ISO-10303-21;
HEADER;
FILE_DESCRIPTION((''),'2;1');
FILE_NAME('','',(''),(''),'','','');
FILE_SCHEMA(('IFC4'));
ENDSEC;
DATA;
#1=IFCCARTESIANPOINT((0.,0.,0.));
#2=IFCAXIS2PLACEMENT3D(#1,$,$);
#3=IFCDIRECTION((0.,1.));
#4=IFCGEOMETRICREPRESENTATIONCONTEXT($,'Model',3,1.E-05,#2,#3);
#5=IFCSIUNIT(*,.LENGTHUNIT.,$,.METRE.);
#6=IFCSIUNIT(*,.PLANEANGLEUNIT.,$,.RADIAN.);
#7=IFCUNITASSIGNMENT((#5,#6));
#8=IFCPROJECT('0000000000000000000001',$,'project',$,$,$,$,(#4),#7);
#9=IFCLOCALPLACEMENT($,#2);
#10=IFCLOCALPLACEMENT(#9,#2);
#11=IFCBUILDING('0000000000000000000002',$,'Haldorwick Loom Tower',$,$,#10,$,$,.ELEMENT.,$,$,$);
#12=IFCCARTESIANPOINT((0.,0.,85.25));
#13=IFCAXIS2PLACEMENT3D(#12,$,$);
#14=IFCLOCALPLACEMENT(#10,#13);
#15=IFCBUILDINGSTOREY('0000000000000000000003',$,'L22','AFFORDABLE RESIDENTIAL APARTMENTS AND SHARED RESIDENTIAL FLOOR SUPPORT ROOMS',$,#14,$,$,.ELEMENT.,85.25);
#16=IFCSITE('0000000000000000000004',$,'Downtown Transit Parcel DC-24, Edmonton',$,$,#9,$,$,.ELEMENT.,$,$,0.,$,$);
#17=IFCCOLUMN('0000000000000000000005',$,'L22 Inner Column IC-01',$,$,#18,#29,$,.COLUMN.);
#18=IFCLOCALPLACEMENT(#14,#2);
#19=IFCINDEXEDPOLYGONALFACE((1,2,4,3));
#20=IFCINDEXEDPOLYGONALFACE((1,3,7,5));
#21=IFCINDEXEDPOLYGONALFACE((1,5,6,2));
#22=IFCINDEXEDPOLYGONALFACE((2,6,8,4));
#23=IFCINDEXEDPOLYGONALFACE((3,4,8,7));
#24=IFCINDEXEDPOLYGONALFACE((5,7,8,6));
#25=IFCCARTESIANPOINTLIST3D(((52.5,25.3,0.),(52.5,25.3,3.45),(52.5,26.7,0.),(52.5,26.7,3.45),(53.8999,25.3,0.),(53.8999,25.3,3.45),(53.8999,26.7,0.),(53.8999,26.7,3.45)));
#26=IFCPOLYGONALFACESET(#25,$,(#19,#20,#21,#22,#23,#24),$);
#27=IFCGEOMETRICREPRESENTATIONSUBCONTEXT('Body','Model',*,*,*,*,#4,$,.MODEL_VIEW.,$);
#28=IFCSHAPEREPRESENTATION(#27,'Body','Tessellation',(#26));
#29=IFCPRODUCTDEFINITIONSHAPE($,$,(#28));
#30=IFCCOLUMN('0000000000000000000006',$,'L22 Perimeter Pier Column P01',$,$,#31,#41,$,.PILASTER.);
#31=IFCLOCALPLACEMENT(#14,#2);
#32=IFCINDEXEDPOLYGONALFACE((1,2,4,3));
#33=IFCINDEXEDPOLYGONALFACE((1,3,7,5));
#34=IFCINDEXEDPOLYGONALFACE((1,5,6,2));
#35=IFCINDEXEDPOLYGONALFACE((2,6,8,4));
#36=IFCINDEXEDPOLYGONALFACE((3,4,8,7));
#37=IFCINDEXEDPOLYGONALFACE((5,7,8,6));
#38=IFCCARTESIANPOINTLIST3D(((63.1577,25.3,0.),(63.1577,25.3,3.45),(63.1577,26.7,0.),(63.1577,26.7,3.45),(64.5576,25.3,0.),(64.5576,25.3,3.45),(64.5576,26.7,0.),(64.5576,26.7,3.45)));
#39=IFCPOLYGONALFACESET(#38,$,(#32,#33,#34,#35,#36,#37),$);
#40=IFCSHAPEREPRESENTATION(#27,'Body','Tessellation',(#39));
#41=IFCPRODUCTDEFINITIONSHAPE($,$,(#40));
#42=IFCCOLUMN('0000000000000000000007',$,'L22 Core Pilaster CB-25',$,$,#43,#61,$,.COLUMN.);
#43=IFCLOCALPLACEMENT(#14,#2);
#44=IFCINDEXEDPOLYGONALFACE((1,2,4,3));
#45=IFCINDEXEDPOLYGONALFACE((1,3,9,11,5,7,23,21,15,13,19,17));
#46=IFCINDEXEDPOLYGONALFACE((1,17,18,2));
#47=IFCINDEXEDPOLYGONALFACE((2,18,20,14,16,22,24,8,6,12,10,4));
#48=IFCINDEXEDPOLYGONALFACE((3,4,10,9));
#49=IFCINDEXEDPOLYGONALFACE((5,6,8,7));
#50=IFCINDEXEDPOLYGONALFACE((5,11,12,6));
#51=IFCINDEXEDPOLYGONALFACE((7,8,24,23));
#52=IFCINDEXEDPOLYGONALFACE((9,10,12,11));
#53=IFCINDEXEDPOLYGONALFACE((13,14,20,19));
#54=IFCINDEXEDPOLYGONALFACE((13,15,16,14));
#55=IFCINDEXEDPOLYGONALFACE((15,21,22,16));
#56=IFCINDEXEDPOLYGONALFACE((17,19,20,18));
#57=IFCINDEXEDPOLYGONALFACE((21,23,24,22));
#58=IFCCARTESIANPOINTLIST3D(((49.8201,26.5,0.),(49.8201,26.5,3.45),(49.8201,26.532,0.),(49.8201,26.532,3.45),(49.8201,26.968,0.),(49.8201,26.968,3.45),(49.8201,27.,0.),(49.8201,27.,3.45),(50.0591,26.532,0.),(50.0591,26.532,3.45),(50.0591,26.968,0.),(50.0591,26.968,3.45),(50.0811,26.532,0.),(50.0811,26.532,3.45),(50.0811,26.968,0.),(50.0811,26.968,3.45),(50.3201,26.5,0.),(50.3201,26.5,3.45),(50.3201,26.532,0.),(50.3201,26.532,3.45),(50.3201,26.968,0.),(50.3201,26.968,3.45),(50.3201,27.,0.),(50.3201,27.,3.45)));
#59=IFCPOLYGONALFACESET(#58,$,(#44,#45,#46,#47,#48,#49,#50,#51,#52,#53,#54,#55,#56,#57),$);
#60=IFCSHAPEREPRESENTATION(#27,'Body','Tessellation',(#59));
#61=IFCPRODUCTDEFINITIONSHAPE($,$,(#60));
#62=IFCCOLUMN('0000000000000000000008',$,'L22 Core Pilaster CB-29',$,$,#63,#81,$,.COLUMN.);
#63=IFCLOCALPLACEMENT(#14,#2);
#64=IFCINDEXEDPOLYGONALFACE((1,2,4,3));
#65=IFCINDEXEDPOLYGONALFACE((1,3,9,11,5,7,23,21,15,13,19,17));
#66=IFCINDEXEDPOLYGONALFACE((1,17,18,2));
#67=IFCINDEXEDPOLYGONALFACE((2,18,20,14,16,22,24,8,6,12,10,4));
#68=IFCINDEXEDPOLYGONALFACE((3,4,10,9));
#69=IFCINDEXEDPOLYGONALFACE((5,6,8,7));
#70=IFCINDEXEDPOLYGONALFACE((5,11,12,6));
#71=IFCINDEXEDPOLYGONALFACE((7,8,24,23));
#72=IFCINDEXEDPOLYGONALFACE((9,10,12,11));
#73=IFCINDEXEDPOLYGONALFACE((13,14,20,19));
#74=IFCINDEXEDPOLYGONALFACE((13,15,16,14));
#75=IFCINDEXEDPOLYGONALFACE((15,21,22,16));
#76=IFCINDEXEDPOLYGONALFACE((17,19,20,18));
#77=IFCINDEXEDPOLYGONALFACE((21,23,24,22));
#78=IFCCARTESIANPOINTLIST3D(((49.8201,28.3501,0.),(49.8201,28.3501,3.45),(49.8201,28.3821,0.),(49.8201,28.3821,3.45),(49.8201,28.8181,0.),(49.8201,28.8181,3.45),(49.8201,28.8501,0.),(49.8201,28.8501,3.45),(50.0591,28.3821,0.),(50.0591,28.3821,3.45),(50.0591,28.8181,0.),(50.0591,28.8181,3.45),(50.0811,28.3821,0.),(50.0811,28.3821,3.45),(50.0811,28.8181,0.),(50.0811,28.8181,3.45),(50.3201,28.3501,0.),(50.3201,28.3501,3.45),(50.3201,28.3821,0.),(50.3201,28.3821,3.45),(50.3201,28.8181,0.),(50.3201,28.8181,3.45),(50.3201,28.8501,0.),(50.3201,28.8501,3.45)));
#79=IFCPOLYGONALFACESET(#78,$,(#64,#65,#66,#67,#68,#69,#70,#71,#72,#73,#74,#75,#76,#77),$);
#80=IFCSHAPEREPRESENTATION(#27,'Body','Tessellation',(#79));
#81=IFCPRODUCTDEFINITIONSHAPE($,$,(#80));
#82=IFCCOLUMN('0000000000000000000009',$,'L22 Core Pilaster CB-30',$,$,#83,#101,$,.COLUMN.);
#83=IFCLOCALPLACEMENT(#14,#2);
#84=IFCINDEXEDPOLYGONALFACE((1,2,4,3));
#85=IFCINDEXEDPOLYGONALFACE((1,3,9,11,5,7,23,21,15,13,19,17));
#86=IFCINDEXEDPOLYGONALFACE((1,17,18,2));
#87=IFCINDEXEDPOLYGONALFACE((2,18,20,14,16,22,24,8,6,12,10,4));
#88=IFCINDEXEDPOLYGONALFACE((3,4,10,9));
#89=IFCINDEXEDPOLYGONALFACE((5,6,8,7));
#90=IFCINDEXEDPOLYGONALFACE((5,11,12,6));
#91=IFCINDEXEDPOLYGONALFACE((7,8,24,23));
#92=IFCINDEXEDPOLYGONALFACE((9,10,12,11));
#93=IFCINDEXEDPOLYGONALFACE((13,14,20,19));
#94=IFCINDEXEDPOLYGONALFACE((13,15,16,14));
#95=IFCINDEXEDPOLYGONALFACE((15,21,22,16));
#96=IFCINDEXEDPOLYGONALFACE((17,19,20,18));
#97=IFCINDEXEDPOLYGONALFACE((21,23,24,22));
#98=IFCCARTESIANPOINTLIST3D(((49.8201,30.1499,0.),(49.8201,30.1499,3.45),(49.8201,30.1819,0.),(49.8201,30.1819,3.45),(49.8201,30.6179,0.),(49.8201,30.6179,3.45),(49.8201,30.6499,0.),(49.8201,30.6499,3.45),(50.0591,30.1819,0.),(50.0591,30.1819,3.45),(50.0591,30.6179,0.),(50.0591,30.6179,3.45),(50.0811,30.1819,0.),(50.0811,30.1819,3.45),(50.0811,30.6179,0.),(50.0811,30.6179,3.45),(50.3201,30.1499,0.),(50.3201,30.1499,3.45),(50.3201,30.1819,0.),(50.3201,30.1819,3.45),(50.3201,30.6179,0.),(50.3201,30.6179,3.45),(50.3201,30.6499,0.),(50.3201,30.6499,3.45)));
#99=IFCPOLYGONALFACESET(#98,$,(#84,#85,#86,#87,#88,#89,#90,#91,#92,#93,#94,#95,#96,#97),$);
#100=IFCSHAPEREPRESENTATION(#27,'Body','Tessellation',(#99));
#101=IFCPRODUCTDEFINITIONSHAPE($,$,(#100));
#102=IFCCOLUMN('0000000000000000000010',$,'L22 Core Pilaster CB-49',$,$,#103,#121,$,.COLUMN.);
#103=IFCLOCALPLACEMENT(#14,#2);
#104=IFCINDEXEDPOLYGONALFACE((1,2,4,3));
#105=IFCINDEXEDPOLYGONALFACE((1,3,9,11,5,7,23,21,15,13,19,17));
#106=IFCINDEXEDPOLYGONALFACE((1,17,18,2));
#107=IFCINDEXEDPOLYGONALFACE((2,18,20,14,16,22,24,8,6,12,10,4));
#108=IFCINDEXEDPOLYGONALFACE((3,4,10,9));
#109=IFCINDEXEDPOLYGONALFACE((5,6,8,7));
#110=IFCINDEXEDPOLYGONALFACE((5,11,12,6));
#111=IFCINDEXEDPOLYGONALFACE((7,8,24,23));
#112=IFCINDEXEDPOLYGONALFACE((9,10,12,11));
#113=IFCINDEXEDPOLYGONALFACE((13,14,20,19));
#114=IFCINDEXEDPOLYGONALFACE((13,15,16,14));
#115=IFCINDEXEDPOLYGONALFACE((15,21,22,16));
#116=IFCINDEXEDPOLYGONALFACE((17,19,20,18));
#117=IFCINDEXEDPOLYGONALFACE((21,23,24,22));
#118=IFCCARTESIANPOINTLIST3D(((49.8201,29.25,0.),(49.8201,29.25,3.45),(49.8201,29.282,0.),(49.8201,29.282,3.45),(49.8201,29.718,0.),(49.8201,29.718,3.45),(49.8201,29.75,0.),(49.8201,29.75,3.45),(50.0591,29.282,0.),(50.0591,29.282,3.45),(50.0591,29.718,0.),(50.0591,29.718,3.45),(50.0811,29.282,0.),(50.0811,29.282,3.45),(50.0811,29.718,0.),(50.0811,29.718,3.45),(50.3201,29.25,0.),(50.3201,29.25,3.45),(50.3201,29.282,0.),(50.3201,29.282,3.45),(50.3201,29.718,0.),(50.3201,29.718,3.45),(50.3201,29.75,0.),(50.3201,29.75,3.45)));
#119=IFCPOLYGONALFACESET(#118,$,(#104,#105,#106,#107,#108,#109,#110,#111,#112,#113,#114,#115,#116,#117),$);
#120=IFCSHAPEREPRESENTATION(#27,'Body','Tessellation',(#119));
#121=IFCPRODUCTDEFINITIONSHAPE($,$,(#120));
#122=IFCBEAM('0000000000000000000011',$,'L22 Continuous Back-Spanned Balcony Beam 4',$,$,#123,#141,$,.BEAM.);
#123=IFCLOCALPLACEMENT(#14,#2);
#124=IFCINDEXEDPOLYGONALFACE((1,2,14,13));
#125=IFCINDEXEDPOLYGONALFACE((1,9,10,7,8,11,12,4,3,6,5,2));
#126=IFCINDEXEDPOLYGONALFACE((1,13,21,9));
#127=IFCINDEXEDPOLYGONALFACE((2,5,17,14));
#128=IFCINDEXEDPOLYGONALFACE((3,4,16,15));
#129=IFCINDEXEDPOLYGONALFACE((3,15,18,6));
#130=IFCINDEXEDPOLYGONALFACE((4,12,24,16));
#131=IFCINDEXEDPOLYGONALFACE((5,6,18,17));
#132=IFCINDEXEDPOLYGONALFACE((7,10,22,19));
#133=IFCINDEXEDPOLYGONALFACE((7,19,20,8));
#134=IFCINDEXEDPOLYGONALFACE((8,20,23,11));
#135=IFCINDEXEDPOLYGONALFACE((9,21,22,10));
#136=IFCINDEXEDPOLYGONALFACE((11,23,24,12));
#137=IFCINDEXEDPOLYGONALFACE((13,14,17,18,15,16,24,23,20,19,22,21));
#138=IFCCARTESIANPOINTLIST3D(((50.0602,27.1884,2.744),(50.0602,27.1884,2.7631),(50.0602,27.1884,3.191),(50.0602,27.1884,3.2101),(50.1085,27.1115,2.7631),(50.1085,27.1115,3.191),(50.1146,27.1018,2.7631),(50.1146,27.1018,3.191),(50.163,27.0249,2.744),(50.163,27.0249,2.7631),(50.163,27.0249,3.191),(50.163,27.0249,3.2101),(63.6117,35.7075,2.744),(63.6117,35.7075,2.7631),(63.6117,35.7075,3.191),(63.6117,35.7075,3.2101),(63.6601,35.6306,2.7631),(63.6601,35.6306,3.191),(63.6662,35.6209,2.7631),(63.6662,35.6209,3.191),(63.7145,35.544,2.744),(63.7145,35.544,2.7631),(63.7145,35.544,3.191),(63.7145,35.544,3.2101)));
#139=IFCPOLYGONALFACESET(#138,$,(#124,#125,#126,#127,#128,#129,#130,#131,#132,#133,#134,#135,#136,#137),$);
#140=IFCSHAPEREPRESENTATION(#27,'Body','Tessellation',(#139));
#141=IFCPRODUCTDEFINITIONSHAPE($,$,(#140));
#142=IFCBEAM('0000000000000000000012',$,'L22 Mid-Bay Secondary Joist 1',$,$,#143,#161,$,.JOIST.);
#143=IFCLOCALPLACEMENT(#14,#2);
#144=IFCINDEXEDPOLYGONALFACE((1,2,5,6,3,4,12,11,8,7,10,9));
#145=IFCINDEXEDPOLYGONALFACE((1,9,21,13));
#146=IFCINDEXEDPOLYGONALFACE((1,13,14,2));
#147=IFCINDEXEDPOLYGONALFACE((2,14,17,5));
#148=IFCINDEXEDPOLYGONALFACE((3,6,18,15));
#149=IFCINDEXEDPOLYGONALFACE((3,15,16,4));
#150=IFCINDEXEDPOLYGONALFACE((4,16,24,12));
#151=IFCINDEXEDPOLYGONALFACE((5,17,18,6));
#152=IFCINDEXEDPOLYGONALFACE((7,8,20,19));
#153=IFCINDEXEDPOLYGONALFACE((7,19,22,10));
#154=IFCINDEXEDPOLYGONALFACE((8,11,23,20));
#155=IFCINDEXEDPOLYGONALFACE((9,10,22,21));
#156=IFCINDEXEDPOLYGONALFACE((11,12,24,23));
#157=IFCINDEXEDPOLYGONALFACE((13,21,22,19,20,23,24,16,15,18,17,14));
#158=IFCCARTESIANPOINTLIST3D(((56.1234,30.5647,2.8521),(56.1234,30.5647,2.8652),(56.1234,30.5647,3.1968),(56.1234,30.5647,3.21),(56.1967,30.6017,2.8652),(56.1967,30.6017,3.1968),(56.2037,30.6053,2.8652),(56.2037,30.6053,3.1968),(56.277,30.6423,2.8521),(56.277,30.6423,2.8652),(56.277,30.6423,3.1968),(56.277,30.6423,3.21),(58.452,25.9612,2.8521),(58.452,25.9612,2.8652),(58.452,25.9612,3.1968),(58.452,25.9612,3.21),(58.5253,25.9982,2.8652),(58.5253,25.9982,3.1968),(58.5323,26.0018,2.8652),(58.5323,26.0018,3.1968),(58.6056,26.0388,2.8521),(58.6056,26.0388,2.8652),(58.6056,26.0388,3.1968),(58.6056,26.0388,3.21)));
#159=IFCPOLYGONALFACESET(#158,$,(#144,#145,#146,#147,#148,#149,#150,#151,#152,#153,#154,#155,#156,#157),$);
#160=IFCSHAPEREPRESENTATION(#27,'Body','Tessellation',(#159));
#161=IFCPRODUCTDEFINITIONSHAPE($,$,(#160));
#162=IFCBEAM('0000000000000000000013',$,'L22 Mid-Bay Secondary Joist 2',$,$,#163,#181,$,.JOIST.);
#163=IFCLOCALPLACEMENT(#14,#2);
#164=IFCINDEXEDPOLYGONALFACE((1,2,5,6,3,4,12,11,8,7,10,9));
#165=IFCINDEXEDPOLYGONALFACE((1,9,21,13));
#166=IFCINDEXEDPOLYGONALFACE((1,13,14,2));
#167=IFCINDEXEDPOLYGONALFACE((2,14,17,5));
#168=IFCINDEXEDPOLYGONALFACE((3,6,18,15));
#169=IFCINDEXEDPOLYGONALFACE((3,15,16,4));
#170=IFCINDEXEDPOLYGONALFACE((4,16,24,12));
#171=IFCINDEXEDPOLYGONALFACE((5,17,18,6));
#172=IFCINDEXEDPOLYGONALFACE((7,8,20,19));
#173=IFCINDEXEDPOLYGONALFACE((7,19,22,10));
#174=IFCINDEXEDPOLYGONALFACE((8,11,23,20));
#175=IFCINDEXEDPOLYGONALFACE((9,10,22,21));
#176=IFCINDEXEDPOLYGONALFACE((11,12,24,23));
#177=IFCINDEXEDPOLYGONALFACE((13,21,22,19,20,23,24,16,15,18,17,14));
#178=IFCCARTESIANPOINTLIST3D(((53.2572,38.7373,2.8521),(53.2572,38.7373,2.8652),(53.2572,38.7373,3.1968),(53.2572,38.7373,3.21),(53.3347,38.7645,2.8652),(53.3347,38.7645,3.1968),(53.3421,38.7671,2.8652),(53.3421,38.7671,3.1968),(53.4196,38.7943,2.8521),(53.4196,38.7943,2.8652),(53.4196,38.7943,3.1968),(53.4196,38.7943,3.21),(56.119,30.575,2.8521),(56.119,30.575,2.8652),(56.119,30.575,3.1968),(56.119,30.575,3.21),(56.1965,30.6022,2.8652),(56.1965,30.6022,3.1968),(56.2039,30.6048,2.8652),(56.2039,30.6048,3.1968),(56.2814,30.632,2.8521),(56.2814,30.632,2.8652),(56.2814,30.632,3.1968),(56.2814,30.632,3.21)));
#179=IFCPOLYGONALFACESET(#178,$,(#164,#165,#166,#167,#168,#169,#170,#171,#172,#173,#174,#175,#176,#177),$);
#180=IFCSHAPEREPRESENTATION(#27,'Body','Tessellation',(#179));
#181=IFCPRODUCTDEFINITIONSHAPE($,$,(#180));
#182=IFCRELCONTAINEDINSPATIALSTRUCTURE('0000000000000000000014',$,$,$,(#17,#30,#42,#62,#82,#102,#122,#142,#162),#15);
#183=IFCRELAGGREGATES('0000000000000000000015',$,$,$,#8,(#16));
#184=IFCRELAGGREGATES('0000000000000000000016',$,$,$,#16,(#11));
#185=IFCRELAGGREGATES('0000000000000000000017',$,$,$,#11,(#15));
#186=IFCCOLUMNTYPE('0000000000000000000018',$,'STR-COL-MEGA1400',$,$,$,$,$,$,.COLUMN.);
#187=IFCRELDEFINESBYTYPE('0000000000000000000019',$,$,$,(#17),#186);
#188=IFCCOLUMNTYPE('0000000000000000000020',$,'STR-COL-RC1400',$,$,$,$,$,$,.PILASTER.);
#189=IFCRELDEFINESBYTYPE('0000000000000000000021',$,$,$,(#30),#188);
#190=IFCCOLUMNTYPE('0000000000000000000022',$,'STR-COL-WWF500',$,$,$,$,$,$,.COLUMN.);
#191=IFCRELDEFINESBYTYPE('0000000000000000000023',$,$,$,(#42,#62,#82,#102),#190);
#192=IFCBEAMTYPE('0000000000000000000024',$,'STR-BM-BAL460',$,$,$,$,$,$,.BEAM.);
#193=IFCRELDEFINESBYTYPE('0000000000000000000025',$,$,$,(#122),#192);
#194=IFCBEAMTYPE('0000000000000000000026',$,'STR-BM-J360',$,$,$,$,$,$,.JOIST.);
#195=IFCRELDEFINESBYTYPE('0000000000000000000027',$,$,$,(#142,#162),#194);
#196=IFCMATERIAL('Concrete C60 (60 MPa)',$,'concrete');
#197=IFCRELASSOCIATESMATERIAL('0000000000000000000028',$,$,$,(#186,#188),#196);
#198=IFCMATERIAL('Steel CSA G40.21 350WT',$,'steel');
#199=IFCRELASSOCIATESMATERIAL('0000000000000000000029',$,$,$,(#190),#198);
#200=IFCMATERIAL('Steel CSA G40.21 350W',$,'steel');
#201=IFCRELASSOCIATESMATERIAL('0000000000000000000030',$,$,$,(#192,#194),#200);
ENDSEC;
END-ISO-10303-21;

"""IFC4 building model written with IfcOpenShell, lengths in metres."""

from ifc_helpers import new_model, si_unit, direction, frame, origin, origin_2d, place, context, subcontext, project, spatial, rectangle, i_section, extrude, material, material_profile, profile_set, type_object, element, save


model = new_model("IFC4")

# Units and contexts
model_context = context("Model", 3, precision=1e-05, world=origin(), true_north=direction((0.0, 1.0)))
body_context = subcontext(model_context, "Body", "Model", "MODEL_VIEW")
ifc_project = project(units=[si_unit("LENGTHUNIT", "METRE"), si_unit("PLANEANGLEUNIT", "RADIAN")], contexts=[model_context])

# Site, building, storey
site_placement = place(None, origin())
site = spatial("IfcSite", under=ifc_project, at=site_placement, Name="Downtown Transit Parcel DC-24, Edmonton", CompositionType="ELEMENT", RefElevation=0.0)
building_placement = place(site_placement, origin())
building = spatial("IfcBuilding", under=site, at=building_placement, Name="Haldorwick Loom Tower", CompositionType="ELEMENT")
storey_placement = place(building_placement, frame((0.0, 0.0, 85.25)))
storey = spatial("IfcBuildingStorey", under=building, at=storey_placement, Name="L22", Description="AFFORDABLE RESIDENTIAL APARTMENTS AND SHARED RESIDENTIAL FLOOR SUPPORT ROOMS", CompositionType="ELEMENT", Elevation=85.25)

# Columns
ifc_material_1 = material(Name="Concrete C60 (60 MPa)", Category="concrete")
ifc_material_profile_1 = material_profile(ifc_material_1, rectangle(XDim=1.3999, YDim=1.3999, at=origin_2d()), Name="RC1400X1400", Category="concrete")
ifc_profile_set_1 = profile_set([ifc_material_profile_1], Name="Concrete C60 (60 MPa)")
column_type_1 = type_object("IfcColumnType", Name="STR-COL-MEGA1400", PredefinedType="COLUMN", material=ifc_profile_set_1)
column_1_placement = place(storey_placement, frame((53.2, 26.0, 0.0), z_axis=(0.0, 0.0, 1.0), x_axis=(1.0, 0.0, 0.0)))
element("IfcColumn", 1, at=column_1_placement, inside=storey, type_object=column_type_1, Name="L22 Inner Column IC-01", PredefinedType="COLUMN", context=body_context, shape_type="SweptSolid", body=[
    extrude(rectangle(XDim=1.3999, YDim=1.3999, at=origin_2d()), origin(), (0.0, 0.0, 1.0), 3.45),
])
ifc_material_profile_2 = material_profile(ifc_material_1, rectangle(XDim=1.3999, YDim=1.3999, at=origin_2d()), Name="RC1400X1400", Category="concrete")
ifc_profile_set_2 = profile_set([ifc_material_profile_2], Name="Concrete C60 (60 MPa)")
column_type_2 = type_object("IfcColumnType", Name="STR-COL-RC1400", PredefinedType="PILASTER", material=ifc_profile_set_2)
column_2_placement = place(storey_placement, frame((63.8577, 26.0, 0.0), z_axis=(0.0, 0.0, 1.0), x_axis=(1.0, 0.0, 0.0)))
element("IfcColumn", 2, at=column_2_placement, inside=storey, type_object=column_type_2, Name="L22 Perimeter Pier Column P01", PredefinedType="PILASTER", context=body_context, shape_type="SweptSolid", body=[
    extrude(rectangle(XDim=1.3999, YDim=1.3999, at=origin_2d()), origin(), (0.0, 0.0, 1.0), 3.45),
])
ifc_material_2 = material(Name="Steel CSA G40.21 350WT", Category="steel")
ifc_material_profile_3 = material_profile(ifc_material_2, i_section(OverallWidth=0.5, OverallDepth=0.5, WebThickness=0.022, FlangeThickness=0.032, at=origin_2d()), Name="WWF500X500", Category="steel")
ifc_profile_set_3 = profile_set([ifc_material_profile_3], Name="Steel CSA G40.21 350WT")
column_type_3 = type_object("IfcColumnType", Name="STR-COL-WWF500", PredefinedType="COLUMN", material=ifc_profile_set_3)
for number, where, z_axis, x_axis, name in (
    (3, (50.0701, 26.75, 0.0), (0.0, 0.0, 1.0), (1.0, 0.0, 0.0), "L22 Core Pilaster CB-25"),
    (4, (50.0701, 28.6001, 0.0), (0.0, 0.0, 1.0), (1.0, 0.0, 0.0), "L22 Core Pilaster CB-29"),
    (5, (50.0701, 30.3999, 0.0), (0.0, 0.0, 1.0), (1.0, 0.0, 0.0), "L22 Core Pilaster CB-30"),
    (6, (50.0701, 29.5, 0.0), (0.0, 0.0, 1.0), (1.0, 0.0, 0.0), "L22 Core Pilaster CB-49"),
):
    element("IfcColumn", number, at=place(storey_placement, frame(where, z_axis=z_axis, x_axis=x_axis)), inside=storey, type_object=column_type_3, Name=name, PredefinedType="COLUMN", context=body_context, shape_type="SweptSolid", body=[
        extrude(i_section(OverallWidth=0.5, OverallDepth=0.5, WebThickness=0.022, FlangeThickness=0.032, at=origin_2d()), origin(), (0.0, 0.0, 1.0), 3.45),
    ])

# Beams
ifc_material_3 = material(Name="Steel CSA G40.21 350W", Category="steel")
ifc_material_profile_4 = material_profile(ifc_material_3, i_section(OverallWidth=0.1931, OverallDepth=0.4661, WebThickness=0.0115, FlangeThickness=0.019, at=origin_2d()), Name="W460X97", Category="steel")
ifc_profile_set_4 = profile_set([ifc_material_profile_4], Name="Steel CSA G40.21 350W")
beam_type_1 = type_object("IfcBeamType", Name="STR-BM-BAL460", PredefinedType="BEAM", material=ifc_profile_set_4)
beam_1_placement = place(storey_placement, frame((50.1116, 27.1067, 2.9771), z_axis=(0.84661, 0.532214, 0.0), x_axis=(-0.532214, 0.84661, 0.0)))
element("IfcBeam", 7, at=beam_1_placement, inside=storey, type_object=beam_type_1, Name="L22 Continuous Back-Spanned Balcony Beam 4", PredefinedType="BEAM", context=body_context, shape_type="SweptSolid", body=[
    extrude(i_section(OverallWidth=0.1931, OverallDepth=0.4661, WebThickness=0.0115, FlangeThickness=0.019, at=origin_2d()), origin(), (0.0, 0.0, 1.0), 16.0068),
])
ifc_material_profile_5 = material_profile(ifc_material_3, i_section(OverallWidth=0.1721, OverallDepth=0.3579, WebThickness=0.0078, FlangeThickness=0.0132, at=origin_2d()), Name="W360X57", Category="steel")
ifc_profile_set_5 = profile_set([ifc_material_profile_5], Name="Steel CSA G40.21 350W")
beam_type_2 = type_object("IfcBeamType", Name="STR-BM-J360", PredefinedType="JOIST", material=ifc_profile_set_5)
beam_2_placement = place(storey_placement, frame((58.5288, 26.0, 3.031), z_axis=(-0.451373, 0.892335, 0.0), x_axis=(-0.892335, -0.451373, 0.0)))
element("IfcBeam", 8, at=beam_2_placement, inside=storey, type_object=beam_type_2, Name="L22 Mid-Bay Secondary Joist 1", PredefinedType="JOIST", context=body_context, shape_type="SweptSolid", body=[
    extrude(i_section(OverallWidth=0.1721, OverallDepth=0.3579, WebThickness=0.0078, FlangeThickness=0.0132, at=origin_2d()), origin(), (0.0, 0.0, 1.0), 5.1589),
])
beam_3_placement = place(storey_placement, frame((56.2002, 30.6035, 3.031), z_axis=(-0.330865, 0.943678, 0.0), x_axis=(-0.943678, -0.330865, 0.0)))
element("IfcBeam", 9, at=beam_3_placement, inside=storey, type_object=beam_type_2, Name="L22 Mid-Bay Secondary Joist 2", PredefinedType="JOIST", context=body_context, shape_type="SweptSolid", body=[
    extrude(i_section(OverallWidth=0.1721, OverallDepth=0.3579, WebThickness=0.0078, FlangeThickness=0.0132, at=origin_2d()), origin(), (0.0, 0.0, 1.0), 8.6494),
])

save(model, "model.ifc")
